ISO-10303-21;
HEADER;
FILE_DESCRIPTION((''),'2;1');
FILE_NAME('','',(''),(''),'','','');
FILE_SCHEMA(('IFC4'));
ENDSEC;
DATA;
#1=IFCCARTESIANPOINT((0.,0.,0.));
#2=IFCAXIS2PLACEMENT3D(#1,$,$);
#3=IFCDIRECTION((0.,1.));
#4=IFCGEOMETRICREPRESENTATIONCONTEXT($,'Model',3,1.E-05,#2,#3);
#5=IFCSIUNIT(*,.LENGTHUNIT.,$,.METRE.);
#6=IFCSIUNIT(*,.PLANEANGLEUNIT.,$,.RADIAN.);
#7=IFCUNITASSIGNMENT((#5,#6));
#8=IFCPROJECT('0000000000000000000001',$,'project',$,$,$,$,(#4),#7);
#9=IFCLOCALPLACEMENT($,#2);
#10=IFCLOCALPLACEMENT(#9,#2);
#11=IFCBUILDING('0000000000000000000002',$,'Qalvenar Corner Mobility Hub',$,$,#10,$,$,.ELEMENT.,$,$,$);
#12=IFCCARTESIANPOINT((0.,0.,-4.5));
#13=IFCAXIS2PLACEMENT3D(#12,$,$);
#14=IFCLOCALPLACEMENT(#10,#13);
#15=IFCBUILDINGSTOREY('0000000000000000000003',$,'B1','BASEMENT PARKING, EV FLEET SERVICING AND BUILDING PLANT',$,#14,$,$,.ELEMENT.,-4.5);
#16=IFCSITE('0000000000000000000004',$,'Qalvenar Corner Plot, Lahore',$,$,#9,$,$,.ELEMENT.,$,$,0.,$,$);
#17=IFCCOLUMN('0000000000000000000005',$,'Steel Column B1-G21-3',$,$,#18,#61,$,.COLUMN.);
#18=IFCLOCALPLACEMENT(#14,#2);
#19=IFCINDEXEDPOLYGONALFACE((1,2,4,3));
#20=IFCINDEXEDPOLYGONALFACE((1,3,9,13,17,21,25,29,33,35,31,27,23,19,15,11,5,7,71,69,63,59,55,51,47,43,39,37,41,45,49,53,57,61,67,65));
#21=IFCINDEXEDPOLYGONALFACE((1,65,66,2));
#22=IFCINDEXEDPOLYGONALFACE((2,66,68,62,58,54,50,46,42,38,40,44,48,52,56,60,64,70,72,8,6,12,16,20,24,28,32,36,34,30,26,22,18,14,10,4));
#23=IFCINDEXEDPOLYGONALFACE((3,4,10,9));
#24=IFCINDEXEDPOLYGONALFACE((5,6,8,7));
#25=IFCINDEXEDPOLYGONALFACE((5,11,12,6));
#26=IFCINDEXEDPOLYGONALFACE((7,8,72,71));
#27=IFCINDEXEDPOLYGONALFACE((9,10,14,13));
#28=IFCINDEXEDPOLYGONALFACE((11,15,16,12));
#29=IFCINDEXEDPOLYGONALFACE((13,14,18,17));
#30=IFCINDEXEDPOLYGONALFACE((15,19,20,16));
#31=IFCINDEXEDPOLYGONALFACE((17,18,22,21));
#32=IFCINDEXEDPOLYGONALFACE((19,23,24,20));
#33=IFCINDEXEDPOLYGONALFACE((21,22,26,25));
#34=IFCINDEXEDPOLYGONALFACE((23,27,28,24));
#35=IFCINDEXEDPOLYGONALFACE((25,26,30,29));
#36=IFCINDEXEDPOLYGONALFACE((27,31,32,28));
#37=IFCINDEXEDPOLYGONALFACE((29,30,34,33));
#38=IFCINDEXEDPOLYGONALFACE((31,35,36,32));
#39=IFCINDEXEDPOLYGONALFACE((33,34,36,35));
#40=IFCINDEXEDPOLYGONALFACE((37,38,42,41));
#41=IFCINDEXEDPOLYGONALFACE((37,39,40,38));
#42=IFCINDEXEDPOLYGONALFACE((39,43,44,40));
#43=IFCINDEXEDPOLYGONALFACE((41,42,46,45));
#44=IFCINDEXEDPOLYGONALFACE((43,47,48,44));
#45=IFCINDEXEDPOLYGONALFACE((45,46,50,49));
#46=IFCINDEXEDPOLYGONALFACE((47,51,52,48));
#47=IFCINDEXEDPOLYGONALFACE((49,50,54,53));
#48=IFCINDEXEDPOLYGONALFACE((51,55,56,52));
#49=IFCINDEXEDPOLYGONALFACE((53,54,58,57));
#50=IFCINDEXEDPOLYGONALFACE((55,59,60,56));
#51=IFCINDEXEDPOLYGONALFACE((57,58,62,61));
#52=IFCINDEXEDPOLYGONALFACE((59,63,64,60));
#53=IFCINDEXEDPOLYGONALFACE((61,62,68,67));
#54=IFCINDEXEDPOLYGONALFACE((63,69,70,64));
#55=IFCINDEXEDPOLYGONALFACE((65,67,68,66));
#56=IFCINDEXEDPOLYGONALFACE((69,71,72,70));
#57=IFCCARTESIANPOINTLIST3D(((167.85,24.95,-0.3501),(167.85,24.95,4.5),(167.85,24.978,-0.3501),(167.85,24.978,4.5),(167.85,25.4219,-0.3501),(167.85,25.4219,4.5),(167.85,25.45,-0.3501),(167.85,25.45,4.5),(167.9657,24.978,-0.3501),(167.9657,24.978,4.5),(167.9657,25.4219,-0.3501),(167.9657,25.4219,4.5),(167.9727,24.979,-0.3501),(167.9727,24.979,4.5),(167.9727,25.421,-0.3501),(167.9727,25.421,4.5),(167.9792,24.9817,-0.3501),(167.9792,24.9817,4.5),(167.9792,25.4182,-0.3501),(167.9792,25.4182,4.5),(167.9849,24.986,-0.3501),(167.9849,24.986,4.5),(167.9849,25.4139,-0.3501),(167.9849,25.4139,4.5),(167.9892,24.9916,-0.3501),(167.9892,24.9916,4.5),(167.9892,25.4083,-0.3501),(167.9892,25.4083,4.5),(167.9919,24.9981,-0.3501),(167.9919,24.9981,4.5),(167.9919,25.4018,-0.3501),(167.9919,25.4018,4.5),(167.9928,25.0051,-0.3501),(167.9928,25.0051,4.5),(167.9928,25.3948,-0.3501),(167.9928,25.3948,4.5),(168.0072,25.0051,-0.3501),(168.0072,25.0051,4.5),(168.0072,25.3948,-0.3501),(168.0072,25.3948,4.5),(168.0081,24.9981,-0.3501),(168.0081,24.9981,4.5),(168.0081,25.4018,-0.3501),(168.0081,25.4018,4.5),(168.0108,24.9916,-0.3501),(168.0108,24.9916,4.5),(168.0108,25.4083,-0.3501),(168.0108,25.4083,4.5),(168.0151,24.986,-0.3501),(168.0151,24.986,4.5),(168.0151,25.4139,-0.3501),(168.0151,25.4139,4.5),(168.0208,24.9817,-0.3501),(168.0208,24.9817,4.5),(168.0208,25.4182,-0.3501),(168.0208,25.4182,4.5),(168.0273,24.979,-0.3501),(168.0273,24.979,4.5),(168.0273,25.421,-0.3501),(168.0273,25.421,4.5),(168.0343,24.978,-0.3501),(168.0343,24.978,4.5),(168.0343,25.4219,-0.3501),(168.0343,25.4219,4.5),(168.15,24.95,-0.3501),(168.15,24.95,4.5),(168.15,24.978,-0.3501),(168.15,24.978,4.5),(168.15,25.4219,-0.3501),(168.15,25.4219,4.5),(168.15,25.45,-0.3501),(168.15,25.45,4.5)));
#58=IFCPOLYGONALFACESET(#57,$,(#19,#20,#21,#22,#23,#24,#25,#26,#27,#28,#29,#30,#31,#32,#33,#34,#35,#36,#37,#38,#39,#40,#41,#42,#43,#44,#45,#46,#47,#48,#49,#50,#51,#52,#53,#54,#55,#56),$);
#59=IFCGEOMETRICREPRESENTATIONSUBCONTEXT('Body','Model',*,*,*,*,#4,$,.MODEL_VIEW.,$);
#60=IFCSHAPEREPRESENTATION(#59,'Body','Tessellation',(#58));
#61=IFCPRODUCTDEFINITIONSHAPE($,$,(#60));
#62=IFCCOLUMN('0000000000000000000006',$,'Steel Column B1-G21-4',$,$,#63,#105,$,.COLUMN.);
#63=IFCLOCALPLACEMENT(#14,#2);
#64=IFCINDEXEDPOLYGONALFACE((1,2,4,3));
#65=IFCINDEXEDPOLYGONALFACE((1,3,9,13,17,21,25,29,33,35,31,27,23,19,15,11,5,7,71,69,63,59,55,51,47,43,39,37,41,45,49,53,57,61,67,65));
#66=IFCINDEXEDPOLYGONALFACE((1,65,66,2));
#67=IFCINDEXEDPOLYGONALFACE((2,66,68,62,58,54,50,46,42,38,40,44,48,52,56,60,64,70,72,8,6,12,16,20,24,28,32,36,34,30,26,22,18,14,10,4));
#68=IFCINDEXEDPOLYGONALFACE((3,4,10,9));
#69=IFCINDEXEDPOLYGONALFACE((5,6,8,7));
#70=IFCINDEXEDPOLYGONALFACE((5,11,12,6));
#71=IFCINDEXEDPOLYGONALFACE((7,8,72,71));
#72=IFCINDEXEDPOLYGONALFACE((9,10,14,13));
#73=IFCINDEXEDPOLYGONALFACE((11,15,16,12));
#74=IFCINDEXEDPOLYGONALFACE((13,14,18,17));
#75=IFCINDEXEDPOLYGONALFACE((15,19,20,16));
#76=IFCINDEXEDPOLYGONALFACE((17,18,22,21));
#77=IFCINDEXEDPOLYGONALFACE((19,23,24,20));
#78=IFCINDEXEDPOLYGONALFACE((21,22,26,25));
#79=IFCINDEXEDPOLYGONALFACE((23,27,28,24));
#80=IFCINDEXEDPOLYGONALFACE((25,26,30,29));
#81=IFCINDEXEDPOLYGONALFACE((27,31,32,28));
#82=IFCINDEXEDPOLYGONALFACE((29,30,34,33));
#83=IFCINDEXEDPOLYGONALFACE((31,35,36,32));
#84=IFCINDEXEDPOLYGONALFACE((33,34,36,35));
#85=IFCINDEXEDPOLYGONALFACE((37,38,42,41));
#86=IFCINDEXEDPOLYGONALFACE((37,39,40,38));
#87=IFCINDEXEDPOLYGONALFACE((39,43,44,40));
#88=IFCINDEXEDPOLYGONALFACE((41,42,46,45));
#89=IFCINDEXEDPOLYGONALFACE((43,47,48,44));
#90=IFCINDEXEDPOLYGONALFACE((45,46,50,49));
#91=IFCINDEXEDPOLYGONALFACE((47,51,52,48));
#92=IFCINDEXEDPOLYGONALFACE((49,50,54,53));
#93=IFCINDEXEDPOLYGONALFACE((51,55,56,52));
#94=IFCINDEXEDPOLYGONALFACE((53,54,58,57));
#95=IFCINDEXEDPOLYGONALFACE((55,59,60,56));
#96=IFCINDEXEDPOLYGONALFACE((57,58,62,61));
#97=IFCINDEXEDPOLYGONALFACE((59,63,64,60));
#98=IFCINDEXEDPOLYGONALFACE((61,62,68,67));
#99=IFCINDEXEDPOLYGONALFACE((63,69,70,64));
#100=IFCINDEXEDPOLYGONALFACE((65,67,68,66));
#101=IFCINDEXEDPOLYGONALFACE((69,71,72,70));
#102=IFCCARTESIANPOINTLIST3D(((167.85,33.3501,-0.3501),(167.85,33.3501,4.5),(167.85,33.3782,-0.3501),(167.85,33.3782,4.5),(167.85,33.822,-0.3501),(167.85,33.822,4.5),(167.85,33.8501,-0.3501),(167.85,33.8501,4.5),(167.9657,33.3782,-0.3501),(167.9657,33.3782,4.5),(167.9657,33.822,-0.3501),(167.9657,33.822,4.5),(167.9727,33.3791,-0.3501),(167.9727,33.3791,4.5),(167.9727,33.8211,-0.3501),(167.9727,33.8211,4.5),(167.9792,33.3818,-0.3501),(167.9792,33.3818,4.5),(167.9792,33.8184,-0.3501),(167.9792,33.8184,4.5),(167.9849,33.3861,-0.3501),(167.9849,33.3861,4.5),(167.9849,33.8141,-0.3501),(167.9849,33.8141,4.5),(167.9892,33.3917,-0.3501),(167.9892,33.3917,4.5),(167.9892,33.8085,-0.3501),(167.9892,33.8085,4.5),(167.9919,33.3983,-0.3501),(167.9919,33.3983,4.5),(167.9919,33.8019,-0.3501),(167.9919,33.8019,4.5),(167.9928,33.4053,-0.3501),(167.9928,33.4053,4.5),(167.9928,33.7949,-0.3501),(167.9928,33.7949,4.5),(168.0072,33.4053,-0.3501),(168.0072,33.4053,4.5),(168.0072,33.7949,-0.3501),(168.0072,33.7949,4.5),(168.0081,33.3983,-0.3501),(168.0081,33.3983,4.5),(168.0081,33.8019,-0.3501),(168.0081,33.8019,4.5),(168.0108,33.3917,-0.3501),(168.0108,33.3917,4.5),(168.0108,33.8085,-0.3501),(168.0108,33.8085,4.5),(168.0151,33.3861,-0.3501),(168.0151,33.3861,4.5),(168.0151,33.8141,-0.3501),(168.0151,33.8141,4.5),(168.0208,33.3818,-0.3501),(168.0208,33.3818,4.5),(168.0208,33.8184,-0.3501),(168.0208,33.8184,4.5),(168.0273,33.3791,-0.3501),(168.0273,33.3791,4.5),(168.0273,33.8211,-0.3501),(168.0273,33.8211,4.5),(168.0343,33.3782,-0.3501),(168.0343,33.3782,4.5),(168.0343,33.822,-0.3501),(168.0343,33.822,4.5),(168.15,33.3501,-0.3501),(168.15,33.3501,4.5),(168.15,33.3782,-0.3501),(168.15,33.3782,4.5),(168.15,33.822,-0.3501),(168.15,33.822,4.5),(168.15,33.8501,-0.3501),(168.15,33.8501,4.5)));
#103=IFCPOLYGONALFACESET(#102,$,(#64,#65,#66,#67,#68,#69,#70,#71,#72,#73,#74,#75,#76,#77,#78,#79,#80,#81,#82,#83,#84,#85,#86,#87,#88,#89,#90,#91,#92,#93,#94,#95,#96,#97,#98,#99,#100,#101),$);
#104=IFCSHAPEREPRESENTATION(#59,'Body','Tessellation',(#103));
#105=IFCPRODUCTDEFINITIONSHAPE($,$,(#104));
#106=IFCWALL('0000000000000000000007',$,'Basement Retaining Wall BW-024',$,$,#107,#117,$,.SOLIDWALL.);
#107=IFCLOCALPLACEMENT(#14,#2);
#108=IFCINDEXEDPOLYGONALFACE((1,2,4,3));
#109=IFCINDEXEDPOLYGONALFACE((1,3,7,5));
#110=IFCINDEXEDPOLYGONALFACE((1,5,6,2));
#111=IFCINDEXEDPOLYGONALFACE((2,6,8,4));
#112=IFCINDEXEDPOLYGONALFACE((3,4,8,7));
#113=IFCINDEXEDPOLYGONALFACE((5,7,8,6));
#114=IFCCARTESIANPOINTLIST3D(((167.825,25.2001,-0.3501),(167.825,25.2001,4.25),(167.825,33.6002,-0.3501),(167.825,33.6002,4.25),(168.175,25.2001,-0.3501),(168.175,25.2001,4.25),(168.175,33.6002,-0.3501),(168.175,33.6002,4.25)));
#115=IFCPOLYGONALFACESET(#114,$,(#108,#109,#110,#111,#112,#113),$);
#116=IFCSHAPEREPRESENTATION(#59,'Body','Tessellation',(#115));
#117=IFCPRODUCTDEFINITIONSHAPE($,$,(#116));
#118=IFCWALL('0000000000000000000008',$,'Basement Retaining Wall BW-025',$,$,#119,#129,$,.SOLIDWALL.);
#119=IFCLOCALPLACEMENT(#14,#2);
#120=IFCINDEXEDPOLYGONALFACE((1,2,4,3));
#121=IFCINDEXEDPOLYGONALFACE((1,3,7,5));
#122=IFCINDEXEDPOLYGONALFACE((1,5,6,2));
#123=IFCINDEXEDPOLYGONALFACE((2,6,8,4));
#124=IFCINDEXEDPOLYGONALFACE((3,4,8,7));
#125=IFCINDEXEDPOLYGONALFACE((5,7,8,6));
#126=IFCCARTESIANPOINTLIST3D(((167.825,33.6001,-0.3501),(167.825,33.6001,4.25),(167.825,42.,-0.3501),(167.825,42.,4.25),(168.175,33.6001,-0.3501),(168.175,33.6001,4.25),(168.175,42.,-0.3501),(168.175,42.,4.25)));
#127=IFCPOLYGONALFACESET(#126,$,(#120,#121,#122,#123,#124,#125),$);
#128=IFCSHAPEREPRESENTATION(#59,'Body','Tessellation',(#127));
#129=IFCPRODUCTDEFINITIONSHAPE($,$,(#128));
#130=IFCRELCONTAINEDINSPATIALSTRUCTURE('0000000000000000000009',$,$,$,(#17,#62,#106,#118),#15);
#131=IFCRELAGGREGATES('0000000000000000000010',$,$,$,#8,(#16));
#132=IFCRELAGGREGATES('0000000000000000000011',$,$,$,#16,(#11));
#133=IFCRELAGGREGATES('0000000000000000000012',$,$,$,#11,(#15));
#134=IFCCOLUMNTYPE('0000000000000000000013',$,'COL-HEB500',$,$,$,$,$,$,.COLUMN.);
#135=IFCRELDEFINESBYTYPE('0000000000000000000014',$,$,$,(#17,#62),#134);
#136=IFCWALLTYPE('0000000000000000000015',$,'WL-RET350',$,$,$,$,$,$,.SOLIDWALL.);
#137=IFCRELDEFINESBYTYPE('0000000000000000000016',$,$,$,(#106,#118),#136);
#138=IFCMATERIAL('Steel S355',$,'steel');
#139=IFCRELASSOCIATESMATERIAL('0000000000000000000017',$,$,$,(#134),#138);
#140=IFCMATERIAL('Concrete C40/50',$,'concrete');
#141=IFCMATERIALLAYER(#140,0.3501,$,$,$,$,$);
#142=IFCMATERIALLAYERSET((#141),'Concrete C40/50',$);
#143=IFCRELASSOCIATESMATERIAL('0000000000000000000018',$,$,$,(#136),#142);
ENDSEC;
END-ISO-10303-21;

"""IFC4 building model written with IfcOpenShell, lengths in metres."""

from ifc_helpers import new_model, si_unit, direction, frame, frame_2d, origin, origin_2d, place, context, subcontext, project, spatial, rectangle, i_section, extrude, material, layer, layer_set, material_profile, profile_set, type_object, element, save


model = new_model("IFC4")

# Units and contexts
model_context = context("Model", 3, precision=1e-05, world=origin(), true_north=direction((0.0, 1.0)))
body_context = subcontext(model_context, "Body", "Model", "MODEL_VIEW")
ifc_project = project(units=[si_unit("LENGTHUNIT", "METRE"), si_unit("PLANEANGLEUNIT", "RADIAN")], contexts=[model_context])

# Site, building, storey
site_placement = place(None, origin())
site = spatial("IfcSite", under=ifc_project, at=site_placement, Name="Qalvenar Corner Plot, Lahore", CompositionType="ELEMENT", RefElevation=0.0)
building_placement = place(site_placement, origin())
building = spatial("IfcBuilding", under=site, at=building_placement, Name="Qalvenar Corner Mobility Hub", CompositionType="ELEMENT")
storey_placement = place(building_placement, frame((0.0, 0.0, -4.5)))
storey = spatial("IfcBuildingStorey", under=building, at=storey_placement, Name="B1", Description="BASEMENT PARKING, EV FLEET SERVICING AND BUILDING PLANT", CompositionType="ELEMENT", Elevation=-4.5)

# Shared definitions
ifc_material_1 = material(Name="Concrete C40/50", Category="concrete")

# Columns
ifc_material_2 = material(Name="Steel S355", Category="steel")
ifc_material_profile_1 = material_profile(ifc_material_2, i_section(OverallWidth=0.3, OverallDepth=0.5, WebThickness=0.0144, FlangeThickness=0.0281, FilletRadius=0.0271, at=origin_2d()), Name="HEB500")
ifc_profile_set_1 = profile_set([ifc_material_profile_1], Name="Steel S355")
column_type_1 = type_object("IfcColumnType", Name="COL-HEB500", PredefinedType="COLUMN", material=ifc_profile_set_1)
for number, where, z_axis, x_axis, name in (
    (1, (168.0, 25.2, -0.3501), (0.0, 0.0, 1.0), (1.0, 0.0, 0.0), "Steel Column B1-G21-3"),
    (2, (168.0, 33.6001, -0.3501), (0.0, 0.0, 1.0), (1.0, 0.0, 0.0), "Steel Column B1-G21-4"),
):
    element("IfcColumn", number, at=place(storey_placement, frame(where, z_axis=z_axis, x_axis=x_axis)), inside=storey, type_object=column_type_1, Name=name, PredefinedType="COLUMN", context=body_context, shape_type="SweptSolid", body=[
        extrude(i_section(OverallWidth=0.3, OverallDepth=0.5, WebThickness=0.0144, FlangeThickness=0.0281, FilletRadius=0.0271, at=origin_2d()), origin(), (0.0, 0.0, 1.0), 4.8501),
    ])

# Walls
ifc_layer = layer(ifc_material_1, 0.3501)
ifc_layer_set = layer_set([ifc_layer], Name="Concrete C40/50")
wall_type = type_object("IfcWallType", Name="WL-RET350", PredefinedType="SOLIDWALL", material=ifc_layer_set)
wall_1_placement = place(storey_placement, frame((168.0, 25.2, -0.3501), z_axis=(0.0, 0.0, 1.0), x_axis=(0.0, 1.0, 0.0)))
element("IfcWall", 3, at=wall_1_placement, inside=storey, type_object=wall_type, Name="Basement Retaining Wall BW-024", PredefinedType="SOLIDWALL", context=body_context, shape_type="SweptSolid", body=[
    extrude(rectangle(XDim=8.4001, YDim=0.3501, at=frame_2d((4.2002, 0.0))), origin(), (0.0, 0.0, 1.0), 4.6001),
])
wall_2_placement = place(storey_placement, frame((168.0, 33.6001, -0.3501), z_axis=(0.0, 0.0, 1.0), x_axis=(0.0, 1.0, 0.0)))
element("IfcWall", 4, at=wall_2_placement, inside=storey, type_object=wall_type, Name="Basement Retaining Wall BW-025", PredefinedType="SOLIDWALL", context=body_context, shape_type="SweptSolid", body=[
    extrude(rectangle(XDim=8.3999, YDim=0.3501, at=frame_2d((4.2, 0.0))), origin(), (0.0, 0.0, 1.0), 4.6001),
])

save(model, "model.ifc")
